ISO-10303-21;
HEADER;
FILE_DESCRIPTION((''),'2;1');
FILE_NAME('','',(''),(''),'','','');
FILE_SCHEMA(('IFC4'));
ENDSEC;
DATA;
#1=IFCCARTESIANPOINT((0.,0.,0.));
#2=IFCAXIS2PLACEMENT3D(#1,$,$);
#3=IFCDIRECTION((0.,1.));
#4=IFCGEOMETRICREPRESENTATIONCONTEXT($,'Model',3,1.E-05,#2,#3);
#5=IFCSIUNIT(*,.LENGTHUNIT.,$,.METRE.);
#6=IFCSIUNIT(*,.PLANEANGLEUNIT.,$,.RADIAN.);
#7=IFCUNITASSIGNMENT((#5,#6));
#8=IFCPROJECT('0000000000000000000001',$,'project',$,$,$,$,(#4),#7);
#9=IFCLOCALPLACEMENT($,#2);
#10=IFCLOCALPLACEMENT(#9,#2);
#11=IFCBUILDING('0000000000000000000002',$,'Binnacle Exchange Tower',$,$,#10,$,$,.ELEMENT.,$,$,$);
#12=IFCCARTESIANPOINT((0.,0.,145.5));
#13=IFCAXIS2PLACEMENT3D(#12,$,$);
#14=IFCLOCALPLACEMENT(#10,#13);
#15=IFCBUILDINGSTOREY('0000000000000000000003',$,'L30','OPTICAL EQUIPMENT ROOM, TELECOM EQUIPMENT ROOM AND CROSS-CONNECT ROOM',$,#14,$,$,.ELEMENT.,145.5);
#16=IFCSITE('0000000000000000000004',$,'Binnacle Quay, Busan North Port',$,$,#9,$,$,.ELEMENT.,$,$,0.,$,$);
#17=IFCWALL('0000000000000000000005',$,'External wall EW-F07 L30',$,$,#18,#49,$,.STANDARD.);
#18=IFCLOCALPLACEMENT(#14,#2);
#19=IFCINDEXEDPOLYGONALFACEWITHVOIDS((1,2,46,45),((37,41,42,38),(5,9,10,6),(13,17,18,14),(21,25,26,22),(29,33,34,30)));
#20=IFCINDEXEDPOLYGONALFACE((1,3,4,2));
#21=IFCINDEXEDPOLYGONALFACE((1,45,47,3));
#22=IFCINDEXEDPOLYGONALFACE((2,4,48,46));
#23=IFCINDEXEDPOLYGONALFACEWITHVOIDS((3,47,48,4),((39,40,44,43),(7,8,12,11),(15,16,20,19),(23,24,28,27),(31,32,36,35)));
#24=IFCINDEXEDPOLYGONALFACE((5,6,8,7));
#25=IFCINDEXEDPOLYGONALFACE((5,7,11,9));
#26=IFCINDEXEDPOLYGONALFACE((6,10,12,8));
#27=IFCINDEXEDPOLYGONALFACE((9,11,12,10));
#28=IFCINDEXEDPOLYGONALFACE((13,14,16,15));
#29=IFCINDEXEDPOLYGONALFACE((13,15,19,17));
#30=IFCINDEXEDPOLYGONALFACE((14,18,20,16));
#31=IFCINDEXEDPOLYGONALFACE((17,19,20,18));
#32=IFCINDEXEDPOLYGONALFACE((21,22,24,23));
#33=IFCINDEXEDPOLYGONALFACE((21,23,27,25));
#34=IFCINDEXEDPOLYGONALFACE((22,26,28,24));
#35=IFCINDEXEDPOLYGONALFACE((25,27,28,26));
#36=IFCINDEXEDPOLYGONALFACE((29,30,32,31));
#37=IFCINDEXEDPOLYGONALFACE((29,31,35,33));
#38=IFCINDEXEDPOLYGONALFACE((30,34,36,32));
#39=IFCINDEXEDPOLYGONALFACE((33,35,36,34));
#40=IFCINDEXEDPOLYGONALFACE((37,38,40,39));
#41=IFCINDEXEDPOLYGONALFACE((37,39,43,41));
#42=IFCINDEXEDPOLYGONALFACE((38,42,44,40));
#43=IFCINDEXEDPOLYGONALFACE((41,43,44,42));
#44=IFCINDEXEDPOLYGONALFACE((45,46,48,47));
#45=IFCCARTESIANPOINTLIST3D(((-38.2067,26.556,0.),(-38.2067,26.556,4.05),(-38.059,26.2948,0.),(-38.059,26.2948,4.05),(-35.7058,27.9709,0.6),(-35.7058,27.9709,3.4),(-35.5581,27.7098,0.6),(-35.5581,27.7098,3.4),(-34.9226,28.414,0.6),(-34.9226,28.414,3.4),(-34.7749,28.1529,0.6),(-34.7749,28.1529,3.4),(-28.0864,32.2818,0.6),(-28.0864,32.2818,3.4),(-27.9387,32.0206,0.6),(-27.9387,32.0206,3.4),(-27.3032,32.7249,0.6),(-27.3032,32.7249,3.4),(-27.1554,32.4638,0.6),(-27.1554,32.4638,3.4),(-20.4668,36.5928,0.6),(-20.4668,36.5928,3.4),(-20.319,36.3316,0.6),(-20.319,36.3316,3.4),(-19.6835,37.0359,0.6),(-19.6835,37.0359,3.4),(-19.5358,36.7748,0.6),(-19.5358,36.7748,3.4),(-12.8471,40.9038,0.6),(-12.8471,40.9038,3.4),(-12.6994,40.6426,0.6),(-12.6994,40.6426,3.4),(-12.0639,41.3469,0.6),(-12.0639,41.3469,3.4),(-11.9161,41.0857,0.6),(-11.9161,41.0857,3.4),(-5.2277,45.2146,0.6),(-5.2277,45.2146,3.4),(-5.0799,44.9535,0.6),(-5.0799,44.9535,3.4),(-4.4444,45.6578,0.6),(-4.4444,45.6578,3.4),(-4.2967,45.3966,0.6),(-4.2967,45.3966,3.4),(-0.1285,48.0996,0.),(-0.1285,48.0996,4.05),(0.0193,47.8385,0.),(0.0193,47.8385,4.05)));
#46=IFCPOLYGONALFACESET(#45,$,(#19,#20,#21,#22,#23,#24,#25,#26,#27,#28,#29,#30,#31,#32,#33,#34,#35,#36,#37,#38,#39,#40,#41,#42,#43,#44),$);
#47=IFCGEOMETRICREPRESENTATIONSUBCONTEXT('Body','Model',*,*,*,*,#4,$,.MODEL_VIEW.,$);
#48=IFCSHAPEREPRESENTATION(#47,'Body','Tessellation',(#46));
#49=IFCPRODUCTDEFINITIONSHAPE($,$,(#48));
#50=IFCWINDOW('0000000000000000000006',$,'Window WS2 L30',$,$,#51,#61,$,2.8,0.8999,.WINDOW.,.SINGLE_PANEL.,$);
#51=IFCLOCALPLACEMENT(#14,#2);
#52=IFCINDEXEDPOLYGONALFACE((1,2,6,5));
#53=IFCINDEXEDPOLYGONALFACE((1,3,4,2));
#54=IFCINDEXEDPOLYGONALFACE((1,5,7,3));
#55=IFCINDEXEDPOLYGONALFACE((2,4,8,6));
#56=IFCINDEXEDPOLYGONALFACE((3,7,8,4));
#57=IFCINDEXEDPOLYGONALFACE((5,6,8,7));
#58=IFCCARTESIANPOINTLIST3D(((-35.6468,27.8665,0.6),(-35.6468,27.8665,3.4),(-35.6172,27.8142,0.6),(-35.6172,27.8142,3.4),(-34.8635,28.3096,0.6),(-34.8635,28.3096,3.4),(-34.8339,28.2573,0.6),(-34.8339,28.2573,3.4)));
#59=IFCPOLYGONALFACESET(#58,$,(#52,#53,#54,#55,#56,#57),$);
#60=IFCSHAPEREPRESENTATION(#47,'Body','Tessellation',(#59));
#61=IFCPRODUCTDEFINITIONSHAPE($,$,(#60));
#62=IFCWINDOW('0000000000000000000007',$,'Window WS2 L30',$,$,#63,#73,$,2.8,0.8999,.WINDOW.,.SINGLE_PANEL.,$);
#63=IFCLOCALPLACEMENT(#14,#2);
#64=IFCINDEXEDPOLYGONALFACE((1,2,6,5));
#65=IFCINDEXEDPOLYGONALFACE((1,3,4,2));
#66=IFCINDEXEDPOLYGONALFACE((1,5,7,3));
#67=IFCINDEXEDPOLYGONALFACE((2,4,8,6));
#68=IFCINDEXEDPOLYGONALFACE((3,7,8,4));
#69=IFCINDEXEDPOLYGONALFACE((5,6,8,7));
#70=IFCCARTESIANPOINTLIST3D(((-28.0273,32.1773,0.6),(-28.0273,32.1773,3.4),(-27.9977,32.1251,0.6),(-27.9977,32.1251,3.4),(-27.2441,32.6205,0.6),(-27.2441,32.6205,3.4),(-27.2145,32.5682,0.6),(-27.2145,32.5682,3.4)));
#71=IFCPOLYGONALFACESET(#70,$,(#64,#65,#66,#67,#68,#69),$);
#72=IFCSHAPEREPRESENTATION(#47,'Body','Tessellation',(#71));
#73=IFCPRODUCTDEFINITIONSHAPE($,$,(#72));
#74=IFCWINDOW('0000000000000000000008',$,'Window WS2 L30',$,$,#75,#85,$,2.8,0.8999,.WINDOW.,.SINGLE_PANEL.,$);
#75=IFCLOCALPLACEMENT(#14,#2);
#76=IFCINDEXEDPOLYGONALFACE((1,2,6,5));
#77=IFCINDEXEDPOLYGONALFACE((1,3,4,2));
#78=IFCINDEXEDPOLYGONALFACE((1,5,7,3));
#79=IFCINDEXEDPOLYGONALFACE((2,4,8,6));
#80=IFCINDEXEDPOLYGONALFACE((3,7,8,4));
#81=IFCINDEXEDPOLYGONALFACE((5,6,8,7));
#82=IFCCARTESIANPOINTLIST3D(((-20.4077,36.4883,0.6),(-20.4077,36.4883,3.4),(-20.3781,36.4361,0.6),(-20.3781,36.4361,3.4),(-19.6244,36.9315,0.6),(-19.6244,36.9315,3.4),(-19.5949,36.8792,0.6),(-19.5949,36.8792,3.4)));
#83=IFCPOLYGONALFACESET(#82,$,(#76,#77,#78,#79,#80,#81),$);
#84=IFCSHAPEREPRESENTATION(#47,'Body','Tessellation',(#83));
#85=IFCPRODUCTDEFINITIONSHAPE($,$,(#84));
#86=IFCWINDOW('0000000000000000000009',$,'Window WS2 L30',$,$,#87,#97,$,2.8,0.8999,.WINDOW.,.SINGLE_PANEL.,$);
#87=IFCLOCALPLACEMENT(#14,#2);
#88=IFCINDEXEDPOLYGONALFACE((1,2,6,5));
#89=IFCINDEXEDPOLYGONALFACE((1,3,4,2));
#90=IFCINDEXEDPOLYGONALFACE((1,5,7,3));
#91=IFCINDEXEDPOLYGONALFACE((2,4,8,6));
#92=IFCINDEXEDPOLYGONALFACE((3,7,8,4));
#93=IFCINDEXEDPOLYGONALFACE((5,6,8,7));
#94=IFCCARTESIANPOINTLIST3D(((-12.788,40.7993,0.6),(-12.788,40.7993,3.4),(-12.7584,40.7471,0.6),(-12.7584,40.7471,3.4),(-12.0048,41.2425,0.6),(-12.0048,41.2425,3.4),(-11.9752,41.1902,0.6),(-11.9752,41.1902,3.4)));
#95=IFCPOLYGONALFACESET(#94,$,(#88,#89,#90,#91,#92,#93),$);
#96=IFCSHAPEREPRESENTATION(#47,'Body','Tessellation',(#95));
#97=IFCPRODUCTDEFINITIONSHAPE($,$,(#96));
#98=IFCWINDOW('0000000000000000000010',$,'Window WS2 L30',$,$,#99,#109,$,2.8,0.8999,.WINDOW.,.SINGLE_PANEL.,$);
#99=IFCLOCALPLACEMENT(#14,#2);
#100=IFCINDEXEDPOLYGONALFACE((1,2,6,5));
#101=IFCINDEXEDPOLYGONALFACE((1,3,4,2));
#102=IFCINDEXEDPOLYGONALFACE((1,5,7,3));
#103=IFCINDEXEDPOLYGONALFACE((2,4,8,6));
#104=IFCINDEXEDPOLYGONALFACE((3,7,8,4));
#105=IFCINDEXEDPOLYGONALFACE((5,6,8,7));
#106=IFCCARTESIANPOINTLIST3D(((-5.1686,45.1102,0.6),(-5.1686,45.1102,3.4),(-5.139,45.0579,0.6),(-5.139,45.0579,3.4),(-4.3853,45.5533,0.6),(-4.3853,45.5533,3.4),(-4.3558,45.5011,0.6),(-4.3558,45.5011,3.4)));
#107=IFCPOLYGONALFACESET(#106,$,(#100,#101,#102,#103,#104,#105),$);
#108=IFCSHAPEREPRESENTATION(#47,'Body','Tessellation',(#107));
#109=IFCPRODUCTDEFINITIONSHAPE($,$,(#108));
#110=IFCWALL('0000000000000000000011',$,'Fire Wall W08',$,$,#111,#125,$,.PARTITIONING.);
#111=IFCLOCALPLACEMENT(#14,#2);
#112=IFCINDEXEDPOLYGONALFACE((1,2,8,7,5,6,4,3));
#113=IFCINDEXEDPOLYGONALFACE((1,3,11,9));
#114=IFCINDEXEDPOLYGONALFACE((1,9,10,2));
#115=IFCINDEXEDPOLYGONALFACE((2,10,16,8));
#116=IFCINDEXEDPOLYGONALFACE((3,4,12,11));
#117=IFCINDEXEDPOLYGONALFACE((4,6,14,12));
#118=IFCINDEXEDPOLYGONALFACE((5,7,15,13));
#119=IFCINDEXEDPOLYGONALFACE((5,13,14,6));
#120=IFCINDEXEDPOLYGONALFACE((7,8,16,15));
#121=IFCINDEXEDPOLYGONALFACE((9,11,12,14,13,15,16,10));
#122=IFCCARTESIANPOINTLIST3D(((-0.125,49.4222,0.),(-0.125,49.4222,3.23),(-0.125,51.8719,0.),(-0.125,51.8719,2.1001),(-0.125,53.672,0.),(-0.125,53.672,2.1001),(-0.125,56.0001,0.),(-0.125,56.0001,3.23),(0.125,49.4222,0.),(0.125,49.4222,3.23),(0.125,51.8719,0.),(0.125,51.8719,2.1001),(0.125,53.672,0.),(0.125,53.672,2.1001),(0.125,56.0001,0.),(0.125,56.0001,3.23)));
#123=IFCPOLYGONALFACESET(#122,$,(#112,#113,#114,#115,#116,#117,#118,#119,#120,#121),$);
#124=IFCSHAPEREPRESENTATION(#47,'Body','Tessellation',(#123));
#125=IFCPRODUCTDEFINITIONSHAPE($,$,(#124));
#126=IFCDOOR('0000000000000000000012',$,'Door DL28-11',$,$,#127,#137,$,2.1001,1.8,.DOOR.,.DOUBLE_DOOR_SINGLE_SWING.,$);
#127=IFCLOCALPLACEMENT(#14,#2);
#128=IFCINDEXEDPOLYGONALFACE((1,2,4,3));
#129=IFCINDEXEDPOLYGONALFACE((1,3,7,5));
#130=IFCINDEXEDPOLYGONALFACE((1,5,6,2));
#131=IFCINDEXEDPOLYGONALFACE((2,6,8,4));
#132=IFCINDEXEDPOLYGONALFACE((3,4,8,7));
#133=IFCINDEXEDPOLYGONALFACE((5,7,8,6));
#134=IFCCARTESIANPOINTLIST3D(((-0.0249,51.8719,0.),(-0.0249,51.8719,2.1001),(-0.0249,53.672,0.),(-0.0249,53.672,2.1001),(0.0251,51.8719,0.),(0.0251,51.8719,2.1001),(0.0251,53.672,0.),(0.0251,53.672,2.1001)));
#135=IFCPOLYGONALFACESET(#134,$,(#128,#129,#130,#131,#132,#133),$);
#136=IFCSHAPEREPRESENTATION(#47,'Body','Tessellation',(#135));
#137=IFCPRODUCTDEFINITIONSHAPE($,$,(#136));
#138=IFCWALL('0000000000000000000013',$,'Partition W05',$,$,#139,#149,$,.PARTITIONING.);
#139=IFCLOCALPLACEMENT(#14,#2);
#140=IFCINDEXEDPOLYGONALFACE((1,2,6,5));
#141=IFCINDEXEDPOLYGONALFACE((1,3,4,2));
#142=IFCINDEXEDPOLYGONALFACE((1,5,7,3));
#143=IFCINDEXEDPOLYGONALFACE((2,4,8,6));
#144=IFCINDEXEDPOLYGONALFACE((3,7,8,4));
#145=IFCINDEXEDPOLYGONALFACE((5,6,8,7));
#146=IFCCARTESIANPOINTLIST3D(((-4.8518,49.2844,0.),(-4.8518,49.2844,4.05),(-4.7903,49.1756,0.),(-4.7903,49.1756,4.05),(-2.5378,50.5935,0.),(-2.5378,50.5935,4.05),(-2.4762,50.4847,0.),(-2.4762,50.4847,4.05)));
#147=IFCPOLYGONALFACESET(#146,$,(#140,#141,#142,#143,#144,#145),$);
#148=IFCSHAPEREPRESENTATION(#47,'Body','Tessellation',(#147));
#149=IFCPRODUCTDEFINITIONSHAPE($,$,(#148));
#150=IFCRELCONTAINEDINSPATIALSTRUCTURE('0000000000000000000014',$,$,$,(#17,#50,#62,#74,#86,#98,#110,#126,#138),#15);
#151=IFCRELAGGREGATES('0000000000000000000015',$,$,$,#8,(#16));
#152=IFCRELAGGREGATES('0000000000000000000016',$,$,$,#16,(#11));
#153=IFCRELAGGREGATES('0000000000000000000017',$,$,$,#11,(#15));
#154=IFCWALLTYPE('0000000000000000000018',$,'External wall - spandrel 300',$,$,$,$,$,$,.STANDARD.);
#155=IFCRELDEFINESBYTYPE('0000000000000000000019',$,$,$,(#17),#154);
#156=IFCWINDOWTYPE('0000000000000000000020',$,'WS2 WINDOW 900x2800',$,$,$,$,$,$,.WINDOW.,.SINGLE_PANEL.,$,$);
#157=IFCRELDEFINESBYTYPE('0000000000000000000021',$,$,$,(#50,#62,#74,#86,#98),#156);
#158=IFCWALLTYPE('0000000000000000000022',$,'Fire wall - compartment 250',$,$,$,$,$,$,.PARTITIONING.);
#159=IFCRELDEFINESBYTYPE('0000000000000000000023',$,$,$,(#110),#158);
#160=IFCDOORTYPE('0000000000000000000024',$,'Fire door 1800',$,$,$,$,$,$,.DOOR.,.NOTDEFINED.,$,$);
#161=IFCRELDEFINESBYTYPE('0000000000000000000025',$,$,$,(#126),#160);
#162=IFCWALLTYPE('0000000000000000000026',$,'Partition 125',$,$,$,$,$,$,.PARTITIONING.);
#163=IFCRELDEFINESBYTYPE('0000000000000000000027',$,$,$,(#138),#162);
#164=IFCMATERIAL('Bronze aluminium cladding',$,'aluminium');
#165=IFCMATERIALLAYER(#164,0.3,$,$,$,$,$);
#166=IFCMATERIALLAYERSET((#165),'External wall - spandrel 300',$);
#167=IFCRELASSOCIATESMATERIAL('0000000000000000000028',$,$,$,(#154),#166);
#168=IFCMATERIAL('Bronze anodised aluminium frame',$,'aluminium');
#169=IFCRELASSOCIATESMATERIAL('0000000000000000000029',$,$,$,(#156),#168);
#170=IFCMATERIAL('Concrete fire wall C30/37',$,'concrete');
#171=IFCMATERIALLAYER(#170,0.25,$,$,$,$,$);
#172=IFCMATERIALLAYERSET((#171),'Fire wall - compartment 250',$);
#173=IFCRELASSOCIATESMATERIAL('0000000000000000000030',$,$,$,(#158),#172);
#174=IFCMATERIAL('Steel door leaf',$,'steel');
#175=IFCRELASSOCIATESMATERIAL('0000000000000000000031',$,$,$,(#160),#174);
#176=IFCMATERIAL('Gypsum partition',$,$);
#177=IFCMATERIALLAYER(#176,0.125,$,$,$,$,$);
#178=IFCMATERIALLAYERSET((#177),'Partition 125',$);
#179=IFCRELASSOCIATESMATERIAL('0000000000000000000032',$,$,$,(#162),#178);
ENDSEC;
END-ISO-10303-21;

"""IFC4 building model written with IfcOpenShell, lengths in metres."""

from ifc_helpers import new_model, si_unit, direction, frame, frame_2d, origin, place, context, subcontext, project, spatial, rectangle, extrude, material, layer, layer_set, type_object, element, fill, save


model = new_model("IFC4")

# Units and contexts
model_context = context("Model", 3, precision=1e-05, world=origin(), true_north=direction((0.0, 1.0)))
body_context = subcontext(model_context, "Body", "Model", "MODEL_VIEW")
ifc_project = project(units=[si_unit("LENGTHUNIT", "METRE"), si_unit("PLANEANGLEUNIT", "RADIAN")], contexts=[model_context])

# Site, building, storey
site_placement = place(None, origin())
site = spatial("IfcSite", under=ifc_project, at=site_placement, Name="Binnacle Quay, Busan North Port", CompositionType="ELEMENT", RefElevation=0.0)
building_placement = place(site_placement, origin())
building = spatial("IfcBuilding", under=site, at=building_placement, Name="Binnacle Exchange Tower", CompositionType="ELEMENT")
storey_placement = place(building_placement, frame((0.0, 0.0, 145.5)))
storey = spatial("IfcBuildingStorey", under=building, at=storey_placement, Name="L30", Description="OPTICAL EQUIPMENT ROOM, TELECOM EQUIPMENT ROOM AND CROSS-CONNECT ROOM", CompositionType="ELEMENT", Elevation=145.5)

# Shared definitions
ifc_material_1 = material(Name="Steel door leaf", Category="steel")

# Wall, openings, windows
ifc_material_2 = material(Name="Bronze aluminium cladding", Category="aluminium")
ifc_layer_1 = layer(ifc_material_2, 0.3)
ifc_layer_set_1 = layer_set([ifc_layer_1], Name="External wall - spandrel 300")
wall_type_1 = type_object("IfcWallType", Name="External wall - spandrel 300", PredefinedType="STANDARD", material=ifc_layer_set_1)
wall_1_placement = place(storey_placement, frame((-0.0547, 47.969, 0.0), z_axis=(0.0, 0.0, 1.0), x_axis=(-0.870356, -0.492423, 0.0)))
wall_1 = element("IfcWall", 1, at=wall_1_placement, inside=storey, type_object=wall_type_1, Name="External wall EW-F07 L30", PredefinedType="STANDARD", context=body_context, shape_type="SweptSolid", body=[
    extrude(rectangle(XDim=43.7502, YDim=0.3, at=frame_2d((21.875, 0.0))), origin(), (0.0, 0.0, 1.0), 4.05),
])
opening_1_placement = place(wall_1_placement, frame((39.9768, 0.0, 0.6001)))
opening_1 = element("IfcOpeningElement", 2, at=opening_1_placement, cuts=wall_1, PredefinedType="OPENING", context=body_context, shape_type="SweptSolid", body=[
    extrude(rectangle(XDim=0.8999, YDim=2.8, at=frame_2d((0.45, 1.3999))), frame((0.0, 0.1599, 0.0), z_axis=(0.0, -1.0, 0.0), x_axis=(1.0, 0.0, 0.0)), (0.0, 0.0, 1.0), 0.3201),
])
opening_2_placement = place(wall_1_placement, frame((31.2224, 0.0, 0.6001)))
opening_2 = element("IfcOpeningElement", 3, at=opening_2_placement, cuts=wall_1, PredefinedType="OPENING", context=body_context, shape_type="SweptSolid", body=[
    extrude(rectangle(XDim=0.8999, YDim=2.8, at=frame_2d((0.45, 1.3999))), frame((0.0, 0.1599, 0.0), z_axis=(0.0, -1.0, 0.0), x_axis=(1.0, 0.0, 0.0)), (0.0, 0.0, 1.0), 0.3201),
])
opening_3_placement = place(wall_1_placement, frame((22.4678, 0.0, 0.6001)))
opening_3 = element("IfcOpeningElement", 4, at=opening_3_placement, cuts=wall_1, PredefinedType="OPENING", context=body_context, shape_type="SweptSolid", body=[
    extrude(rectangle(XDim=0.8999, YDim=2.8, at=frame_2d((0.45, 1.3999))), frame((0.0, 0.1599, 0.0), z_axis=(0.0, -1.0, 0.0), x_axis=(1.0, 0.0, 0.0)), (0.0, 0.0, 1.0), 0.3201),
])
opening_4_placement = place(wall_1_placement, frame((13.7131, 0.0, 0.6001)))
opening_4 = element("IfcOpeningElement", 5, at=opening_4_placement, cuts=wall_1, PredefinedType="OPENING", context=body_context, shape_type="SweptSolid", body=[
    extrude(rectangle(XDim=0.8999, YDim=2.8, at=frame_2d((0.45, 1.3999))), frame((0.0, 0.1599, 0.0), z_axis=(0.0, -1.0, 0.0), x_axis=(1.0, 0.0, 0.0)), (0.0, 0.0, 1.0), 0.3201),
])
opening_5_placement = place(wall_1_placement, frame((4.9587, 0.0, 0.6001)))
opening_5 = element("IfcOpeningElement", 6, at=opening_5_placement, cuts=wall_1, PredefinedType="OPENING", context=body_context, shape_type="SweptSolid", body=[
    extrude(rectangle(XDim=0.8999, YDim=2.8, at=frame_2d((0.45, 1.3999))), frame((0.0, 0.1599, 0.0), z_axis=(0.0, -1.0, 0.0), x_axis=(1.0, 0.0, 0.0)), (0.0, 0.0, 1.0), 0.3201),
])
ifc_material_3 = material(Name="Bronze anodised aluminium frame", Category="aluminium")
window_type = type_object("IfcWindowType", Name="WS2 WINDOW 900x2800", PartitioningType="SINGLE_PANEL", PredefinedType="WINDOW", material=ifc_material_3)
window_1_placement = place(opening_1_placement, origin())
window_1 = element("IfcWindow", 7, at=window_1_placement, inside=storey, type_object=window_type, Name="Window WS2 L30", OverallHeight=2.8, OverallWidth=0.8999, PartitioningType="SINGLE_PANEL", PredefinedType="WINDOW", context=body_context, shape_type="SweptSolid", body=[
    extrude(rectangle(XDim=0.8999, YDim=2.8, at=frame_2d((0.45, 1.3999))), frame((0.0, 0.03, 0.0), z_axis=(0.0, -1.0, 0.0), x_axis=(1.0, 0.0, 0.0)), (0.0, 0.0, 1.0), 0.0601),
])
fill(opening_1, window_1)
window_2_placement = place(opening_2_placement, origin())
window_2 = element("IfcWindow", 8, at=window_2_placement, inside=storey, type_object=window_type, Name="Window WS2 L30", OverallHeight=2.8, OverallWidth=0.8999, PartitioningType="SINGLE_PANEL", PredefinedType="WINDOW", context=body_context, shape_type="SweptSolid", body=[
    extrude(rectangle(XDim=0.8999, YDim=2.8, at=frame_2d((0.45, 1.3999))), frame((0.0, 0.03, 0.0), z_axis=(0.0, -1.0, 0.0), x_axis=(1.0, 0.0, 0.0)), (0.0, 0.0, 1.0), 0.0601),
])
fill(opening_2, window_2)
window_3_placement = place(opening_3_placement, origin())
window_3 = element("IfcWindow", 9, at=window_3_placement, inside=storey, type_object=window_type, Name="Window WS2 L30", OverallHeight=2.8, OverallWidth=0.8999, PartitioningType="SINGLE_PANEL", PredefinedType="WINDOW", context=body_context, shape_type="SweptSolid", body=[
    extrude(rectangle(XDim=0.8999, YDim=2.8, at=frame_2d((0.45, 1.3999))), frame((0.0, 0.03, 0.0), z_axis=(0.0, -1.0, 0.0), x_axis=(1.0, 0.0, 0.0)), (0.0, 0.0, 1.0), 0.0601),
])
fill(opening_3, window_3)
window_4_placement = place(opening_4_placement, origin())
window_4 = element("IfcWindow", 10, at=window_4_placement, inside=storey, type_object=window_type, Name="Window WS2 L30", OverallHeight=2.8, OverallWidth=0.8999, PartitioningType="SINGLE_PANEL", PredefinedType="WINDOW", context=body_context, shape_type="SweptSolid", body=[
    extrude(rectangle(XDim=0.8999, YDim=2.8, at=frame_2d((0.45, 1.3999))), frame((0.0, 0.03, 0.0), z_axis=(0.0, -1.0, 0.0), x_axis=(1.0, 0.0, 0.0)), (0.0, 0.0, 1.0), 0.0601),
])
fill(opening_4, window_4)
window_5_placement = place(opening_5_placement, origin())
window_5 = element("IfcWindow", 11, at=window_5_placement, inside=storey, type_object=window_type, Name="Window WS2 L30", OverallHeight=2.8, OverallWidth=0.8999, PartitioningType="SINGLE_PANEL", PredefinedType="WINDOW", context=body_context, shape_type="SweptSolid", body=[
    extrude(rectangle(XDim=0.8999, YDim=2.8, at=frame_2d((0.45, 1.3999))), frame((0.0, 0.03, 0.0), z_axis=(0.0, -1.0, 0.0), x_axis=(1.0, 0.0, 0.0)), (0.0, 0.0, 1.0), 0.0601),
])
fill(opening_5, window_5)

# Wall, opening, door
ifc_material_4 = material(Name="Concrete fire wall C30/37", Category="concrete")
ifc_layer_2 = layer(ifc_material_4, 0.25)
ifc_layer_set_2 = layer_set([ifc_layer_2], Name="Fire wall - compartment 250")
wall_type_2 = type_object("IfcWallType", Name="Fire wall - compartment 250", PredefinedType="PARTITIONING", material=ifc_layer_set_2)
wall_2_placement = place(storey_placement, frame((0.0, 49.4221, 0.0), z_axis=(0.0, 0.0, 1.0), x_axis=(0.0, 1.0, 0.0)))
wall_2 = element("IfcWall", 12, at=wall_2_placement, inside=storey, type_object=wall_type_2, Name="Fire Wall W08", PredefinedType="PARTITIONING", context=body_context, shape_type="SweptSolid", body=[
    extrude(rectangle(XDim=6.5779, YDim=0.25, at=frame_2d((3.2891, 0.0))), origin(), (0.0, 0.0, 1.0), 3.23),
])
opening_6_placement = place(wall_2_placement, frame((2.45, 0.0, 0.0)))
opening_6 = element("IfcOpeningElement", 13, at=opening_6_placement, cuts=wall_2, PredefinedType="OPENING", context=body_context, shape_type="SweptSolid", body=[
    extrude(rectangle(XDim=1.8, YDim=2.1001, at=frame_2d((0.8999, 1.05))), frame((0.0, 0.135, 0.0), z_axis=(0.0, -1.0, 0.0), x_axis=(1.0, 0.0, 0.0)), (0.0, 0.0, 1.0), 0.27),
])
door_type_1 = type_object("IfcDoorType", Name="Fire door 1800", OperationType="NOTDEFINED", PredefinedType="DOOR", material=ifc_material_1)
door_1_placement = place(opening_6_placement, origin())
door_1 = element("IfcDoor", 14, at=door_1_placement, inside=storey, type_object=door_type_1, Name="Door DL28-11", OperationType="DOUBLE_DOOR_SINGLE_SWING", OverallHeight=2.1001, OverallWidth=1.8, PredefinedType="DOOR", context=body_context, shape_type="SweptSolid", body=[
    extrude(rectangle(XDim=1.8, YDim=2.1001, at=frame_2d((0.8999, 1.05))), frame((0.0, 0.0249, 0.0), z_axis=(0.0, -1.0, 0.0), x_axis=(1.0, 0.0, 0.0)), (0.0, 0.0, 1.0), 0.05),
])
fill(opening_6, door_1)

# Wall
ifc_material_5 = material(Name="Gypsum partition")
ifc_layer_3 = layer(ifc_material_5, 0.125)
ifc_layer_set_3 = layer_set([ifc_layer_3], Name="Partition 125")
wall_type_3 = type_object("IfcWallType", Name="Partition 125", PredefinedType="PARTITIONING", material=ifc_layer_set_3)
wall_3_placement = place(storey_placement, frame((-4.821, 49.23, 0.0), z_axis=(0.0, 0.0, 1.0), x_axis=(0.870371, 0.492396, 0.0)))
element("IfcWall", 15, at=wall_3_placement, inside=storey, type_object=wall_type_3, Name="Partition W05", PredefinedType="PARTITIONING", context=body_context, shape_type="SweptSolid", body=[
    extrude(rectangle(XDim=2.6587, YDim=0.125, at=frame_2d((1.3293, 0.0))), origin(), (0.0, 0.0, 1.0), 4.05),
])

save(model, "model.ifc")
